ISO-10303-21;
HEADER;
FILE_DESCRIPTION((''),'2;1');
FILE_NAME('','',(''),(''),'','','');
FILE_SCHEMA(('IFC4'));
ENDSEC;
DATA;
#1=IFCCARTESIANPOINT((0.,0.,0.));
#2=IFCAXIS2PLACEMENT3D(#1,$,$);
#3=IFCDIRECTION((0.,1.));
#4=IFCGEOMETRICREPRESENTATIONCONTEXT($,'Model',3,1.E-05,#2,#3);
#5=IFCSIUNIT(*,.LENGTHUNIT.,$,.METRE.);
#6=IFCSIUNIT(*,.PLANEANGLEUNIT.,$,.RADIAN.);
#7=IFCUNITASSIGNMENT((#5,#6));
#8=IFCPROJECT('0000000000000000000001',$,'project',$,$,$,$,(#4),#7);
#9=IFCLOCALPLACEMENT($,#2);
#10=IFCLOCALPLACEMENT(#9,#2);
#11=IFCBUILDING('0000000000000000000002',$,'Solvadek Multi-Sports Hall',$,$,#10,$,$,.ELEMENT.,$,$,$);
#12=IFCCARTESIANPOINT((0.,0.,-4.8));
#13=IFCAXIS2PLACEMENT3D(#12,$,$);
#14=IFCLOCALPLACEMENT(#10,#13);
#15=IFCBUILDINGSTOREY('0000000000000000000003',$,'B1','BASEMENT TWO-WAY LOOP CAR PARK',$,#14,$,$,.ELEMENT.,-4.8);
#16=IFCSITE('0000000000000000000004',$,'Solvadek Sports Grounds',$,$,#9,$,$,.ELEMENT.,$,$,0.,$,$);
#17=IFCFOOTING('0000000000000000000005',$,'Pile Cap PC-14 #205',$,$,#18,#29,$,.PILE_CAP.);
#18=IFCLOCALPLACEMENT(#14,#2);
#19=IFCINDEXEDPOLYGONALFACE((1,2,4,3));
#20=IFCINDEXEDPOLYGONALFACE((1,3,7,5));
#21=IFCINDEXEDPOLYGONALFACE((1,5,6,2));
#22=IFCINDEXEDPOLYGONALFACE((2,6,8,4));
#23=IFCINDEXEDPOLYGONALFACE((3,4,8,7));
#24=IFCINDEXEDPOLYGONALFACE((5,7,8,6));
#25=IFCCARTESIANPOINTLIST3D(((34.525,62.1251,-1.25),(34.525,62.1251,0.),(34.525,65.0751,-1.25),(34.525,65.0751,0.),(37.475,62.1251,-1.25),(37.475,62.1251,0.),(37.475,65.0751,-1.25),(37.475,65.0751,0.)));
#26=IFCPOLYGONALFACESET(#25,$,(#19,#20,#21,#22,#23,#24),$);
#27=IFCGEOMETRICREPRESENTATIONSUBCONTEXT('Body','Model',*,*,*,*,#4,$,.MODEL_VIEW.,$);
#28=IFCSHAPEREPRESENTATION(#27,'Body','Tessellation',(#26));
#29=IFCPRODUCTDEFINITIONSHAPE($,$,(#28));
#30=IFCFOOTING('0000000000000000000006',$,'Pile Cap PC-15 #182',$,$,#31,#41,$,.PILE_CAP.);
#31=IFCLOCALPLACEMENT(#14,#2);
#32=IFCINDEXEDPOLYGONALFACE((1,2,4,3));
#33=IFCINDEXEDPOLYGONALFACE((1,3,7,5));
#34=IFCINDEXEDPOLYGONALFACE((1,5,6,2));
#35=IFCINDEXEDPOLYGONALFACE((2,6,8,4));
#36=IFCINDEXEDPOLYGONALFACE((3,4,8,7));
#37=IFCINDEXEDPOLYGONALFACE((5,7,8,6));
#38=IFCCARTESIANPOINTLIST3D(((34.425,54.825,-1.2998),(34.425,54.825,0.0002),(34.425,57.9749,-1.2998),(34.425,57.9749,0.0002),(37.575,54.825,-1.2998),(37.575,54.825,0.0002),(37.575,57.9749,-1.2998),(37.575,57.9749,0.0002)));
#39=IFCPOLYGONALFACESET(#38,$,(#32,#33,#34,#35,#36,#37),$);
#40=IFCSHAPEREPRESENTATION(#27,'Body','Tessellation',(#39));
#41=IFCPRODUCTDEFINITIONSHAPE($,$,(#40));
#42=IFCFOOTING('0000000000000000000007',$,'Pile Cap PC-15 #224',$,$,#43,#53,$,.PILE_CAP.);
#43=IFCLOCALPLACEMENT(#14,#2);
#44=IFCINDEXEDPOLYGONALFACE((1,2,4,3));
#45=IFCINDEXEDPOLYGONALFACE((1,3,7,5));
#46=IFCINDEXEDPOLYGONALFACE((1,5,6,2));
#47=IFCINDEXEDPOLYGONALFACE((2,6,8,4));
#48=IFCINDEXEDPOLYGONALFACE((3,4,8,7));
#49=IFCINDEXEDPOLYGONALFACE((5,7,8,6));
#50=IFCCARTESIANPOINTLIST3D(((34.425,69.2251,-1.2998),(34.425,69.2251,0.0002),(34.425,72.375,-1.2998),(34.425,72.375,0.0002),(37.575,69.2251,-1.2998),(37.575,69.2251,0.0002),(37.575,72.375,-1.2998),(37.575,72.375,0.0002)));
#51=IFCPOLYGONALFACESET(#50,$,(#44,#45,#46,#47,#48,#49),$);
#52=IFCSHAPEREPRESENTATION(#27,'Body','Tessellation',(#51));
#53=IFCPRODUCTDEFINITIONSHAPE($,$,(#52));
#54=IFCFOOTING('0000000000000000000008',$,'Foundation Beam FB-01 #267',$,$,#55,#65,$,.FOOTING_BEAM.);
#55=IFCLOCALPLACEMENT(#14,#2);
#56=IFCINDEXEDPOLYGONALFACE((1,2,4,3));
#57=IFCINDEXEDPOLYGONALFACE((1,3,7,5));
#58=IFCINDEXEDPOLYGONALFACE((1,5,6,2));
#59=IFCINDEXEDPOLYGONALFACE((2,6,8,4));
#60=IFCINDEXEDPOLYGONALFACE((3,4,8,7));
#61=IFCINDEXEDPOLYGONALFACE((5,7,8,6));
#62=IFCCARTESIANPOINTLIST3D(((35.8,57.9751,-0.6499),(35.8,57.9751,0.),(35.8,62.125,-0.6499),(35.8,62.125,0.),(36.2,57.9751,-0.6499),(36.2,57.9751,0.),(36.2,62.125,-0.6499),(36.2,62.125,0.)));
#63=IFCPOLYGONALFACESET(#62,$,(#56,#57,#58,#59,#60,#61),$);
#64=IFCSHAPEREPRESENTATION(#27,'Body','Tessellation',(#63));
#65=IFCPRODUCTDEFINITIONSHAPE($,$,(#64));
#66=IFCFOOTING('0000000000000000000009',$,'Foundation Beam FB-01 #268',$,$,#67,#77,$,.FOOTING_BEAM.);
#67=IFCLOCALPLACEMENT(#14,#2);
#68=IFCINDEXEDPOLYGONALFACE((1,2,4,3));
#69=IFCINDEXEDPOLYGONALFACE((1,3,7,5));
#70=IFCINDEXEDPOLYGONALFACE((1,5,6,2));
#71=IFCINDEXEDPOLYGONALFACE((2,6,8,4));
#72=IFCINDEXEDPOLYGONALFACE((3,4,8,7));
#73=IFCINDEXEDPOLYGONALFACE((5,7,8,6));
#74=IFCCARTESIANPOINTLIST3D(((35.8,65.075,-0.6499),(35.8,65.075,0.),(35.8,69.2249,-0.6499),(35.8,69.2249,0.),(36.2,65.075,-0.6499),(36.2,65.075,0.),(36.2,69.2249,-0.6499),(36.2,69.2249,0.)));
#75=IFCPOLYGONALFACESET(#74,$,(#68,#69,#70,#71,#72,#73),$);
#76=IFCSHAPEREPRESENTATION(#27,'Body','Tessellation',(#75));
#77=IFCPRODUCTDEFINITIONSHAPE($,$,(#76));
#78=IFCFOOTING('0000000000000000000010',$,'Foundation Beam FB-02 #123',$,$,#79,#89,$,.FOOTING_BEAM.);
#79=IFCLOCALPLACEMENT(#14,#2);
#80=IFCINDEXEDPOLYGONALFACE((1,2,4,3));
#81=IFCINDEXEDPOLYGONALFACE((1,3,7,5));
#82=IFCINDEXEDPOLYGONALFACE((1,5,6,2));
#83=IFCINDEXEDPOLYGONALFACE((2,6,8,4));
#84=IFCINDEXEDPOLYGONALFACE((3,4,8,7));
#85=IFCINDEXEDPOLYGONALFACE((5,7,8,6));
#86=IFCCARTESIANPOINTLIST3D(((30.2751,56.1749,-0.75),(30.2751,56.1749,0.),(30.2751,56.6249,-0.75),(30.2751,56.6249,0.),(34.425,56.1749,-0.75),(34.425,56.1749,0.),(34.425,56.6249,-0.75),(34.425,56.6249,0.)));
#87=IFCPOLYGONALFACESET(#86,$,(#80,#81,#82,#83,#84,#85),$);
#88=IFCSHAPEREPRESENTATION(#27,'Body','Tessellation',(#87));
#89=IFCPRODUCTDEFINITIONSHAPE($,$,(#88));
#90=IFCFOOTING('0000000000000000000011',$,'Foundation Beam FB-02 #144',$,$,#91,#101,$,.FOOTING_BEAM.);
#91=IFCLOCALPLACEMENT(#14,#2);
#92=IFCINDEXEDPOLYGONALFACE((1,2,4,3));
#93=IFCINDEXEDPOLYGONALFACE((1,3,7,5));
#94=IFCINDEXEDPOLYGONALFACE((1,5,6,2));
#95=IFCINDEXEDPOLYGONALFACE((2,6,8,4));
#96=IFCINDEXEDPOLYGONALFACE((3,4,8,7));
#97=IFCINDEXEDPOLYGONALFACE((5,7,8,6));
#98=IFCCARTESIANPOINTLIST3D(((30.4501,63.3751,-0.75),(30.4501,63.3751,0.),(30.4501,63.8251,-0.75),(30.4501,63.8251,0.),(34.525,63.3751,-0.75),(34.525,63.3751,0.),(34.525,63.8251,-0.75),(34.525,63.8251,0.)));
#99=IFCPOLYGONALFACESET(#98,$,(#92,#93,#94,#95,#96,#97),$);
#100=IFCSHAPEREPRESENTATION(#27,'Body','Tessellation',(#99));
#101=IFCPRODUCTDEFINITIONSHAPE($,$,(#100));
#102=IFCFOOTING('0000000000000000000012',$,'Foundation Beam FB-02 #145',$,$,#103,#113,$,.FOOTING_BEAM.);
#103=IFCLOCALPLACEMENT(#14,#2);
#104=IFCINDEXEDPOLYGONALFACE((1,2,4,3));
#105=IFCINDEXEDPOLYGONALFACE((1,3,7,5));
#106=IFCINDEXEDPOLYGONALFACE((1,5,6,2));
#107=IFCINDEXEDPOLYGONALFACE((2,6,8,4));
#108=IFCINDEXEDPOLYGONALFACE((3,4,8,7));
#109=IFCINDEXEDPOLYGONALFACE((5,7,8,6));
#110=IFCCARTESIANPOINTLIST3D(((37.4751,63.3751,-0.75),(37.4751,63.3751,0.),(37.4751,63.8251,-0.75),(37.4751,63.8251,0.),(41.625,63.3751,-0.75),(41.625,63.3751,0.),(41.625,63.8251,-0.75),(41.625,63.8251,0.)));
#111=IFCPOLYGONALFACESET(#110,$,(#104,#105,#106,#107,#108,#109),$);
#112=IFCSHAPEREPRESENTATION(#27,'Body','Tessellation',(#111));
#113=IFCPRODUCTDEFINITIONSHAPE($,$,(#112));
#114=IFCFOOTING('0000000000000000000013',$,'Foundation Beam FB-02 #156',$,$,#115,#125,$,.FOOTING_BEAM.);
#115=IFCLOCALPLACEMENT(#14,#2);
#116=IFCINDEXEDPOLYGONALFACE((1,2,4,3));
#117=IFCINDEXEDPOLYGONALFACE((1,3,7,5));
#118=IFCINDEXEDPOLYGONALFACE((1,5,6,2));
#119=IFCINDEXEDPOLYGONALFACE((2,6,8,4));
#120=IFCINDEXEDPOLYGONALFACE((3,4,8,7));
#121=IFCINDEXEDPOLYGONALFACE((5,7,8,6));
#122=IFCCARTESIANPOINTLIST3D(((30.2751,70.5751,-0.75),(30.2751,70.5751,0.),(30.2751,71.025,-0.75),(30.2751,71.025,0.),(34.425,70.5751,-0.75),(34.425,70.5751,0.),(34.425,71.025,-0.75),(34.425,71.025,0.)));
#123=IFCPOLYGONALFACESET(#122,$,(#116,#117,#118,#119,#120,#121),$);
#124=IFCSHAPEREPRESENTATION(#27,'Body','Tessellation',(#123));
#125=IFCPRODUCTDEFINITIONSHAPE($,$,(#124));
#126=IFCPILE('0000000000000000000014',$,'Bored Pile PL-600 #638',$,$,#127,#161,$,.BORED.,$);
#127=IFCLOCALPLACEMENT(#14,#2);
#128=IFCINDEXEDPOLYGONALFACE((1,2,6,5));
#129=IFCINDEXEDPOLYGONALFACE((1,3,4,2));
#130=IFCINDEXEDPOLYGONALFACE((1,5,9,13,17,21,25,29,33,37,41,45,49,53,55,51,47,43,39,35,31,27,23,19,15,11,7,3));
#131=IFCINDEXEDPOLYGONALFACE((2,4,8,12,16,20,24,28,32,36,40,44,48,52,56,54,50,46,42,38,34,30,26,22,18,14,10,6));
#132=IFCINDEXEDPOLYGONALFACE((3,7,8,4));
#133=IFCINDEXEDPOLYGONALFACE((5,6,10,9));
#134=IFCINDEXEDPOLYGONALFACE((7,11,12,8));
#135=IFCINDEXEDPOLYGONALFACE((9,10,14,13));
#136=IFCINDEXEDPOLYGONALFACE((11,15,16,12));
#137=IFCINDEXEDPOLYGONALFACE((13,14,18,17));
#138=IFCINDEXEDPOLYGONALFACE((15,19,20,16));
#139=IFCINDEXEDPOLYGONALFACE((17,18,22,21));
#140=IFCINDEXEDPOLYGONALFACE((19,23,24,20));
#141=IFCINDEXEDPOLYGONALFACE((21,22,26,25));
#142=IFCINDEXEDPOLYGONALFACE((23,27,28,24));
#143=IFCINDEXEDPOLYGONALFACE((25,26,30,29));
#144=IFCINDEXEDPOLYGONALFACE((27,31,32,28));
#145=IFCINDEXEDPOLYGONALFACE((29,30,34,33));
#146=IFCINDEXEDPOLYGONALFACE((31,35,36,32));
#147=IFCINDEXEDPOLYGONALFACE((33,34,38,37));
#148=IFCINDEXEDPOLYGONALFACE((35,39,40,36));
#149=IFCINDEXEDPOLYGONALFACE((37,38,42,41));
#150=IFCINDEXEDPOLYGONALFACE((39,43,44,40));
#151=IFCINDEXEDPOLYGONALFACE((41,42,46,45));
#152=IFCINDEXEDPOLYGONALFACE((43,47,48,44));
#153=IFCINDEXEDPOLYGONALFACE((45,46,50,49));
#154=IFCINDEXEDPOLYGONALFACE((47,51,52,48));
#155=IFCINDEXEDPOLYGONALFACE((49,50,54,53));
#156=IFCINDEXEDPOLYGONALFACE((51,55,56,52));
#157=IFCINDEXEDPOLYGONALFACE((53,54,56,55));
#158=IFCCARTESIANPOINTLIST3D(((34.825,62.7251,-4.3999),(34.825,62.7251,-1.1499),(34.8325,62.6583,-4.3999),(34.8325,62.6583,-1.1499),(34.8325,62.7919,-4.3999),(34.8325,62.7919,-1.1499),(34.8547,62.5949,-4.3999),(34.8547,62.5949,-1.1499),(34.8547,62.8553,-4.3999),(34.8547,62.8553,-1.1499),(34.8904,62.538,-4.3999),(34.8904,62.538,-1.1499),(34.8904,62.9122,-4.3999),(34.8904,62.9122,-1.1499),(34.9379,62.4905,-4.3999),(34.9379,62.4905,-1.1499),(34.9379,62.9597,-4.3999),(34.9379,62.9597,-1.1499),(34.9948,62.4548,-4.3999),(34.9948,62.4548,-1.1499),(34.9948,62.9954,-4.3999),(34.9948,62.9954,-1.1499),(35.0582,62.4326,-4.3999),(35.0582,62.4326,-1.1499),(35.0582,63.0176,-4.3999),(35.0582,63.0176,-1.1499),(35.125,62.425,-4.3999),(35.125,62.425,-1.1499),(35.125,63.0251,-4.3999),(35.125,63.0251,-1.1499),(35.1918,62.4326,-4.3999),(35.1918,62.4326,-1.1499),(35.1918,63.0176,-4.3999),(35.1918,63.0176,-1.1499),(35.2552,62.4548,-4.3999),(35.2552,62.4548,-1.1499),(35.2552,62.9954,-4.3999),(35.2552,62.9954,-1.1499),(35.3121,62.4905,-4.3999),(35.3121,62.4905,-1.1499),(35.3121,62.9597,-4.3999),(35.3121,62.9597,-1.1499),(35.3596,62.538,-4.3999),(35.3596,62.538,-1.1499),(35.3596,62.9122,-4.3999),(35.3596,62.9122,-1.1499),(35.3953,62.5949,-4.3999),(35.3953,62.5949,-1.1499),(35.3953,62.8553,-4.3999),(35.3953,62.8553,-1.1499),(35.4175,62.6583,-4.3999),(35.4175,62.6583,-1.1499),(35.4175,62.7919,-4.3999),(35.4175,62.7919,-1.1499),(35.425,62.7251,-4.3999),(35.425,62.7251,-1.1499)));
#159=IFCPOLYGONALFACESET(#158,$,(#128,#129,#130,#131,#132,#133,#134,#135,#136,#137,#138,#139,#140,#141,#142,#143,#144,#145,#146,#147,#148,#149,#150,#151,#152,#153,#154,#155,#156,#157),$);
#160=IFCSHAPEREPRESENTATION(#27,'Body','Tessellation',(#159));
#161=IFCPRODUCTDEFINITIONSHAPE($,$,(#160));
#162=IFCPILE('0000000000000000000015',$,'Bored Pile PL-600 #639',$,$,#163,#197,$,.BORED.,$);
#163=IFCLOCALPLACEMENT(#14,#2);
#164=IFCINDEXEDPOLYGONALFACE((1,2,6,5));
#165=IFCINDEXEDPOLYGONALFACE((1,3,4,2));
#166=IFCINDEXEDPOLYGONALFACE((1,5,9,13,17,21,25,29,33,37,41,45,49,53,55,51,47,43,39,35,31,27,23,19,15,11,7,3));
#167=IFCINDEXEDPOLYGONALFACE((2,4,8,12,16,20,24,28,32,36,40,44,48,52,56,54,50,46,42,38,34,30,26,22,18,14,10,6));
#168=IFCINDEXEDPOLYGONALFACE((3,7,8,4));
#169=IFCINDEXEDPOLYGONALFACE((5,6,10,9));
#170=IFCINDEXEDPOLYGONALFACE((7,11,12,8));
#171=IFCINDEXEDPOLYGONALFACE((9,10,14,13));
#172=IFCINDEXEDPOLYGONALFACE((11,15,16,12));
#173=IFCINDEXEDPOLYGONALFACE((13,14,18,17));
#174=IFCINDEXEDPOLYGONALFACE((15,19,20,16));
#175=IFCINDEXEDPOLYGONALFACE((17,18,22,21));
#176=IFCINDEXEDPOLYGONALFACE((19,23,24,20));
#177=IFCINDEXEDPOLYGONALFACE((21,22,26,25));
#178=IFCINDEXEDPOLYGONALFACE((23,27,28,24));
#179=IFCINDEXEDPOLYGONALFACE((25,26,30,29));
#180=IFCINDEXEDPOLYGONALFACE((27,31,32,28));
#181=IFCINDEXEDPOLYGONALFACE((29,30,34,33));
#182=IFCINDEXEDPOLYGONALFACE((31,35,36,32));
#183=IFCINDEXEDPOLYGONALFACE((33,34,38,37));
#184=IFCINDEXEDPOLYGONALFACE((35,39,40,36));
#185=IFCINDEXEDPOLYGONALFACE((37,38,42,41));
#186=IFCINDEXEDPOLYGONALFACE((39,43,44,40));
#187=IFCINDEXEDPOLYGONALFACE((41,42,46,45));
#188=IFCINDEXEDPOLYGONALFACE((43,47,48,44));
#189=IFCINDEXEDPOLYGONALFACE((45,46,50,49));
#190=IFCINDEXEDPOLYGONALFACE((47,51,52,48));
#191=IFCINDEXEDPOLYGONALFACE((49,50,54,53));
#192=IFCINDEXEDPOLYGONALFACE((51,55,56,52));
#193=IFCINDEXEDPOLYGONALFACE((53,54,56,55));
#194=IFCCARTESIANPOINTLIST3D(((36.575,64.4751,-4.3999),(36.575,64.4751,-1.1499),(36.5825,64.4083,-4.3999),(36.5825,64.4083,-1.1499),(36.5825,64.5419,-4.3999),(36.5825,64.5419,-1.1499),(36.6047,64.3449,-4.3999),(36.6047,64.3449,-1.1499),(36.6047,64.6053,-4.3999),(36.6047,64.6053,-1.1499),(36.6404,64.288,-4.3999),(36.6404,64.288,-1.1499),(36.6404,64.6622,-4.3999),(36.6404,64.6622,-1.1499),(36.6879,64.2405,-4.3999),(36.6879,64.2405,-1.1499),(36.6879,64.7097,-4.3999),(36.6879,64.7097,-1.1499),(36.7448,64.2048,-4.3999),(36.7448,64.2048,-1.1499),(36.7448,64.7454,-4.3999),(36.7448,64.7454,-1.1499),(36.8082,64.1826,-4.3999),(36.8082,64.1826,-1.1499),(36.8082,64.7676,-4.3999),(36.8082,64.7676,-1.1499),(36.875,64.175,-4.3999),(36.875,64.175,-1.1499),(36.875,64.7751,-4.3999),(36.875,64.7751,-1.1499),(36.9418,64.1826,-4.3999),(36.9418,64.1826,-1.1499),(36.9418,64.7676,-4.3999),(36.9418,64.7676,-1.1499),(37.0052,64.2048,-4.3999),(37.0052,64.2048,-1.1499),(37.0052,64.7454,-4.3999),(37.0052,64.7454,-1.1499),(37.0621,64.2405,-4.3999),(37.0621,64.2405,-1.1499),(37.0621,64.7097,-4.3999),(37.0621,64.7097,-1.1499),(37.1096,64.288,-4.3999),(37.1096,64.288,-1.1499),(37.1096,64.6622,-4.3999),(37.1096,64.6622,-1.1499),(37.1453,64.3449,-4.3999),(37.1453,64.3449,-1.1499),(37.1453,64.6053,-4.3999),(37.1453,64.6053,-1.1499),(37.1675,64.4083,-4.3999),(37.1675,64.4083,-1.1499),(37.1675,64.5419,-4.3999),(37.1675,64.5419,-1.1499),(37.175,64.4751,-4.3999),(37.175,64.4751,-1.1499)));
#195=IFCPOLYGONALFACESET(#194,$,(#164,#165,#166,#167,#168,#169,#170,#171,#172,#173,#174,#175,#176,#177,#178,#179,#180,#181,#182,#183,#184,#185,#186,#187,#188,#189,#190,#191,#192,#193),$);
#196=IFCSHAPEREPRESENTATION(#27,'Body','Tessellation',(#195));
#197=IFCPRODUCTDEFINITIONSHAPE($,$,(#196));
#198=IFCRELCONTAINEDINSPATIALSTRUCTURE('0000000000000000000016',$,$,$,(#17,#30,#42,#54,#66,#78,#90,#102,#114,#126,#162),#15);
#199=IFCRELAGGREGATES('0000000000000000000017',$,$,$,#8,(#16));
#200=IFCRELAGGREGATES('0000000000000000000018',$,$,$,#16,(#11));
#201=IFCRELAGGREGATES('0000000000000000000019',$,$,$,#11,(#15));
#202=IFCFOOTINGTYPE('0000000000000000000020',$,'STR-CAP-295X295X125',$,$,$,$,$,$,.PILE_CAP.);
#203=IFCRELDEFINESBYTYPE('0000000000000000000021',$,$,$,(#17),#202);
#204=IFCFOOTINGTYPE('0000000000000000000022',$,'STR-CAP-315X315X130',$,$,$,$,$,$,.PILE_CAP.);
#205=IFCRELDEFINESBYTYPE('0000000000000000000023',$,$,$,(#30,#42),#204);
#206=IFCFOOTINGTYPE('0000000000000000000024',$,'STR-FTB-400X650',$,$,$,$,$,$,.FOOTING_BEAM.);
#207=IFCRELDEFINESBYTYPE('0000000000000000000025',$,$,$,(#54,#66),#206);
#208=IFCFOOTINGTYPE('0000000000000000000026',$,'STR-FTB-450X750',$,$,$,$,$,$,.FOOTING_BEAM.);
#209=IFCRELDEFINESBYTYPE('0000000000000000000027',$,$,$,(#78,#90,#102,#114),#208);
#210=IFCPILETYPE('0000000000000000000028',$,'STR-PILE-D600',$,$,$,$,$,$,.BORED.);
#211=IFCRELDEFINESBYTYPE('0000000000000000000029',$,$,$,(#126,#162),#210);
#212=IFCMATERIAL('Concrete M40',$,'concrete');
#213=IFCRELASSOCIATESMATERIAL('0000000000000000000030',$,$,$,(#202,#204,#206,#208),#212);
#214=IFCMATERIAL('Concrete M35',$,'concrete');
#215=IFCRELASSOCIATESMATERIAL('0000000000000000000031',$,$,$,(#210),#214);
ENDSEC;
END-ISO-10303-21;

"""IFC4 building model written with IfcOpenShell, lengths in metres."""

from ifc_helpers import new_model, si_unit, direction, frame, origin, origin_2d, place, context, subcontext, project, spatial, rectangle, circle, extrude, material, material_profile, profile_set, type_object, element, save


model = new_model("IFC4")

# Units and contexts
model_context = context("Model", 3, precision=1e-05, world=origin(), true_north=direction((0.0, 1.0)))
body_context = subcontext(model_context, "Body", "Model", "MODEL_VIEW")
ifc_project = project(units=[si_unit("LENGTHUNIT", "METRE"), si_unit("PLANEANGLEUNIT", "RADIAN")], contexts=[model_context])

# Site, building, storey
site_placement = place(None, origin())
site = spatial("IfcSite", under=ifc_project, at=site_placement, Name="Solvadek Sports Grounds", CompositionType="ELEMENT", RefElevation=0.0)
building_placement = place(site_placement, origin())
building = spatial("IfcBuilding", under=site, at=building_placement, Name="Solvadek Multi-Sports Hall", CompositionType="ELEMENT")
storey_placement = place(building_placement, frame((0.0, 0.0, -4.8)))
storey = spatial("IfcBuildingStorey", under=building, at=storey_placement, Name="B1", Description="BASEMENT TWO-WAY LOOP CAR PARK", CompositionType="ELEMENT", Elevation=-4.8)

# Footings
ifc_material_1 = material(Name="Concrete M40", Category="concrete")
footing_type_1 = type_object("IfcFootingType", Name="STR-CAP-295X295X125", PredefinedType="PILE_CAP", material=ifc_material_1)
footing_1_placement = place(storey_placement, frame((36.0, 63.6001, -1.25), z_axis=(0.0, 0.0, 1.0), x_axis=(1.0, 0.0, 0.0)))
element("IfcFooting", 1, at=footing_1_placement, inside=storey, type_object=footing_type_1, Name="Pile Cap PC-14 #205", PredefinedType="PILE_CAP", context=body_context, shape_type="SweptSolid", body=[
    extrude(rectangle(XDim=2.95, YDim=2.95, at=origin_2d()), origin(), (0.0, 0.0, 1.0), 1.25),
])
footing_type_2 = type_object("IfcFootingType", Name="STR-CAP-315X315X130", PredefinedType="PILE_CAP", material=ifc_material_1)
for number, where, z_axis, x_axis, name in (
    (2, (36.0, 56.3999, -1.2998), (0.0, 0.0, 1.0), (1.0, 0.0, 0.0), "Pile Cap PC-15 #182"),
    (3, (36.0, 70.8, -1.2998), (0.0, 0.0, 1.0), (1.0, 0.0, 0.0), "Pile Cap PC-15 #224"),
):
    element("IfcFooting", number, at=place(storey_placement, frame(where, z_axis=z_axis, x_axis=x_axis)), inside=storey, type_object=footing_type_2, Name=name, PredefinedType="PILE_CAP", context=body_context, shape_type="SweptSolid", body=[
        extrude(rectangle(XDim=3.1499, YDim=3.1499, at=origin_2d()), origin(), (0.0, 0.0, 1.0), 1.3),
    ])
footing_type_3 = type_object("IfcFootingType", Name="STR-FTB-400X650", PredefinedType="FOOTING_BEAM", material=ifc_material_1)
for number, where, z_axis, x_axis, name in (
    (4, (36.0, 60.05, -0.6499), (0.0, 0.0, 1.0), (0.0, 1.0, 0.0), "Foundation Beam FB-01 #267"),
    (5, (36.0, 67.1499, -0.6499), (0.0, 0.0, 1.0), (0.0, 1.0, 0.0), "Foundation Beam FB-01 #268"),
):
    element("IfcFooting", number, at=place(storey_placement, frame(where, z_axis=z_axis, x_axis=x_axis)), inside=storey, type_object=footing_type_3, Name=name, PredefinedType="FOOTING_BEAM", context=body_context, shape_type="SweptSolid", body=[
        extrude(rectangle(XDim=4.1499, YDim=0.3999, at=origin_2d()), origin(), (0.0, 0.0, 1.0), 0.6499),
    ])
footing_type_4 = type_object("IfcFootingType", Name="STR-FTB-450X750", PredefinedType="FOOTING_BEAM", material=ifc_material_1)
footing_2_placement = place(storey_placement, frame((32.3501, 56.3999, -0.75), z_axis=(0.0, 0.0, 1.0), x_axis=(1.0, 0.0, 0.0)))
element("IfcFooting", 6, at=footing_2_placement, inside=storey, type_object=footing_type_4, Name="Foundation Beam FB-02 #123", PredefinedType="FOOTING_BEAM", context=body_context, shape_type="SweptSolid", body=[
    extrude(rectangle(XDim=4.1499, YDim=0.45, at=origin_2d()), origin(), (0.0, 0.0, 1.0), 0.75),
])
footing_3_placement = place(storey_placement, frame((32.4875, 63.6001, -0.75), z_axis=(0.0, 0.0, 1.0), x_axis=(1.0, 0.0, 0.0)))
element("IfcFooting", 7, at=footing_3_placement, inside=storey, type_object=footing_type_4, Name="Foundation Beam FB-02 #144", PredefinedType="FOOTING_BEAM", context=body_context, shape_type="SweptSolid", body=[
    extrude(rectangle(XDim=4.075, YDim=0.45, at=origin_2d()), origin(), (0.0, 0.0, 1.0), 0.75),
])
for number, where, z_axis, x_axis, name in (
    (8, (39.55, 63.6001, -0.75), (0.0, 0.0, 1.0), (1.0, 0.0, 0.0), "Foundation Beam FB-02 #145"),
    (9, (32.3501, 70.8, -0.75), (0.0, 0.0, 1.0), (1.0, 0.0, 0.0), "Foundation Beam FB-02 #156"),
):
    element("IfcFooting", number, at=place(storey_placement, frame(where, z_axis=z_axis, x_axis=x_axis)), inside=storey, type_object=footing_type_4, Name=name, PredefinedType="FOOTING_BEAM", context=body_context, shape_type="SweptSolid", body=[
        extrude(rectangle(XDim=4.1499, YDim=0.45, at=origin_2d()), origin(), (0.0, 0.0, 1.0), 0.75),
    ])

# Piles
ifc_material_2 = material(Name="Concrete M35", Category="concrete")
ifc_material_profile_1 = material_profile(ifc_material_2, circle(Radius=0.3, at=origin_2d()), Name="BORED PILE D600")
ifc_profile_set_1 = profile_set([ifc_material_profile_1], Name="Concrete M35")
pile_type_1 = type_object("IfcPileType", Name="STR-PILE-D600", PredefinedType="BORED", material=ifc_profile_set_1)
for number, where, z_axis, x_axis, name in (
    (10, (35.125, 62.7251, -1.1499), (0.0, 0.0, -1.0), (1.0, 0.0, 0.0), "Bored Pile PL-600 #638"),
    (11, (36.875, 64.4751, -1.1499), (0.0, 0.0, -1.0), (1.0, 0.0, 0.0), "Bored Pile PL-600 #639"),
):
    element("IfcPile", number, at=place(storey_placement, frame(where, z_axis=z_axis, x_axis=x_axis)), inside=storey, type_object=pile_type_1, Name=name, PredefinedType="BORED", context=body_context, shape_type="SweptSolid", body=[
        extrude(circle(Radius=0.3, at=origin_2d()), origin(), (0.0, 0.0, 1.0), 3.25),
    ])

save(model, "model.ifc")
